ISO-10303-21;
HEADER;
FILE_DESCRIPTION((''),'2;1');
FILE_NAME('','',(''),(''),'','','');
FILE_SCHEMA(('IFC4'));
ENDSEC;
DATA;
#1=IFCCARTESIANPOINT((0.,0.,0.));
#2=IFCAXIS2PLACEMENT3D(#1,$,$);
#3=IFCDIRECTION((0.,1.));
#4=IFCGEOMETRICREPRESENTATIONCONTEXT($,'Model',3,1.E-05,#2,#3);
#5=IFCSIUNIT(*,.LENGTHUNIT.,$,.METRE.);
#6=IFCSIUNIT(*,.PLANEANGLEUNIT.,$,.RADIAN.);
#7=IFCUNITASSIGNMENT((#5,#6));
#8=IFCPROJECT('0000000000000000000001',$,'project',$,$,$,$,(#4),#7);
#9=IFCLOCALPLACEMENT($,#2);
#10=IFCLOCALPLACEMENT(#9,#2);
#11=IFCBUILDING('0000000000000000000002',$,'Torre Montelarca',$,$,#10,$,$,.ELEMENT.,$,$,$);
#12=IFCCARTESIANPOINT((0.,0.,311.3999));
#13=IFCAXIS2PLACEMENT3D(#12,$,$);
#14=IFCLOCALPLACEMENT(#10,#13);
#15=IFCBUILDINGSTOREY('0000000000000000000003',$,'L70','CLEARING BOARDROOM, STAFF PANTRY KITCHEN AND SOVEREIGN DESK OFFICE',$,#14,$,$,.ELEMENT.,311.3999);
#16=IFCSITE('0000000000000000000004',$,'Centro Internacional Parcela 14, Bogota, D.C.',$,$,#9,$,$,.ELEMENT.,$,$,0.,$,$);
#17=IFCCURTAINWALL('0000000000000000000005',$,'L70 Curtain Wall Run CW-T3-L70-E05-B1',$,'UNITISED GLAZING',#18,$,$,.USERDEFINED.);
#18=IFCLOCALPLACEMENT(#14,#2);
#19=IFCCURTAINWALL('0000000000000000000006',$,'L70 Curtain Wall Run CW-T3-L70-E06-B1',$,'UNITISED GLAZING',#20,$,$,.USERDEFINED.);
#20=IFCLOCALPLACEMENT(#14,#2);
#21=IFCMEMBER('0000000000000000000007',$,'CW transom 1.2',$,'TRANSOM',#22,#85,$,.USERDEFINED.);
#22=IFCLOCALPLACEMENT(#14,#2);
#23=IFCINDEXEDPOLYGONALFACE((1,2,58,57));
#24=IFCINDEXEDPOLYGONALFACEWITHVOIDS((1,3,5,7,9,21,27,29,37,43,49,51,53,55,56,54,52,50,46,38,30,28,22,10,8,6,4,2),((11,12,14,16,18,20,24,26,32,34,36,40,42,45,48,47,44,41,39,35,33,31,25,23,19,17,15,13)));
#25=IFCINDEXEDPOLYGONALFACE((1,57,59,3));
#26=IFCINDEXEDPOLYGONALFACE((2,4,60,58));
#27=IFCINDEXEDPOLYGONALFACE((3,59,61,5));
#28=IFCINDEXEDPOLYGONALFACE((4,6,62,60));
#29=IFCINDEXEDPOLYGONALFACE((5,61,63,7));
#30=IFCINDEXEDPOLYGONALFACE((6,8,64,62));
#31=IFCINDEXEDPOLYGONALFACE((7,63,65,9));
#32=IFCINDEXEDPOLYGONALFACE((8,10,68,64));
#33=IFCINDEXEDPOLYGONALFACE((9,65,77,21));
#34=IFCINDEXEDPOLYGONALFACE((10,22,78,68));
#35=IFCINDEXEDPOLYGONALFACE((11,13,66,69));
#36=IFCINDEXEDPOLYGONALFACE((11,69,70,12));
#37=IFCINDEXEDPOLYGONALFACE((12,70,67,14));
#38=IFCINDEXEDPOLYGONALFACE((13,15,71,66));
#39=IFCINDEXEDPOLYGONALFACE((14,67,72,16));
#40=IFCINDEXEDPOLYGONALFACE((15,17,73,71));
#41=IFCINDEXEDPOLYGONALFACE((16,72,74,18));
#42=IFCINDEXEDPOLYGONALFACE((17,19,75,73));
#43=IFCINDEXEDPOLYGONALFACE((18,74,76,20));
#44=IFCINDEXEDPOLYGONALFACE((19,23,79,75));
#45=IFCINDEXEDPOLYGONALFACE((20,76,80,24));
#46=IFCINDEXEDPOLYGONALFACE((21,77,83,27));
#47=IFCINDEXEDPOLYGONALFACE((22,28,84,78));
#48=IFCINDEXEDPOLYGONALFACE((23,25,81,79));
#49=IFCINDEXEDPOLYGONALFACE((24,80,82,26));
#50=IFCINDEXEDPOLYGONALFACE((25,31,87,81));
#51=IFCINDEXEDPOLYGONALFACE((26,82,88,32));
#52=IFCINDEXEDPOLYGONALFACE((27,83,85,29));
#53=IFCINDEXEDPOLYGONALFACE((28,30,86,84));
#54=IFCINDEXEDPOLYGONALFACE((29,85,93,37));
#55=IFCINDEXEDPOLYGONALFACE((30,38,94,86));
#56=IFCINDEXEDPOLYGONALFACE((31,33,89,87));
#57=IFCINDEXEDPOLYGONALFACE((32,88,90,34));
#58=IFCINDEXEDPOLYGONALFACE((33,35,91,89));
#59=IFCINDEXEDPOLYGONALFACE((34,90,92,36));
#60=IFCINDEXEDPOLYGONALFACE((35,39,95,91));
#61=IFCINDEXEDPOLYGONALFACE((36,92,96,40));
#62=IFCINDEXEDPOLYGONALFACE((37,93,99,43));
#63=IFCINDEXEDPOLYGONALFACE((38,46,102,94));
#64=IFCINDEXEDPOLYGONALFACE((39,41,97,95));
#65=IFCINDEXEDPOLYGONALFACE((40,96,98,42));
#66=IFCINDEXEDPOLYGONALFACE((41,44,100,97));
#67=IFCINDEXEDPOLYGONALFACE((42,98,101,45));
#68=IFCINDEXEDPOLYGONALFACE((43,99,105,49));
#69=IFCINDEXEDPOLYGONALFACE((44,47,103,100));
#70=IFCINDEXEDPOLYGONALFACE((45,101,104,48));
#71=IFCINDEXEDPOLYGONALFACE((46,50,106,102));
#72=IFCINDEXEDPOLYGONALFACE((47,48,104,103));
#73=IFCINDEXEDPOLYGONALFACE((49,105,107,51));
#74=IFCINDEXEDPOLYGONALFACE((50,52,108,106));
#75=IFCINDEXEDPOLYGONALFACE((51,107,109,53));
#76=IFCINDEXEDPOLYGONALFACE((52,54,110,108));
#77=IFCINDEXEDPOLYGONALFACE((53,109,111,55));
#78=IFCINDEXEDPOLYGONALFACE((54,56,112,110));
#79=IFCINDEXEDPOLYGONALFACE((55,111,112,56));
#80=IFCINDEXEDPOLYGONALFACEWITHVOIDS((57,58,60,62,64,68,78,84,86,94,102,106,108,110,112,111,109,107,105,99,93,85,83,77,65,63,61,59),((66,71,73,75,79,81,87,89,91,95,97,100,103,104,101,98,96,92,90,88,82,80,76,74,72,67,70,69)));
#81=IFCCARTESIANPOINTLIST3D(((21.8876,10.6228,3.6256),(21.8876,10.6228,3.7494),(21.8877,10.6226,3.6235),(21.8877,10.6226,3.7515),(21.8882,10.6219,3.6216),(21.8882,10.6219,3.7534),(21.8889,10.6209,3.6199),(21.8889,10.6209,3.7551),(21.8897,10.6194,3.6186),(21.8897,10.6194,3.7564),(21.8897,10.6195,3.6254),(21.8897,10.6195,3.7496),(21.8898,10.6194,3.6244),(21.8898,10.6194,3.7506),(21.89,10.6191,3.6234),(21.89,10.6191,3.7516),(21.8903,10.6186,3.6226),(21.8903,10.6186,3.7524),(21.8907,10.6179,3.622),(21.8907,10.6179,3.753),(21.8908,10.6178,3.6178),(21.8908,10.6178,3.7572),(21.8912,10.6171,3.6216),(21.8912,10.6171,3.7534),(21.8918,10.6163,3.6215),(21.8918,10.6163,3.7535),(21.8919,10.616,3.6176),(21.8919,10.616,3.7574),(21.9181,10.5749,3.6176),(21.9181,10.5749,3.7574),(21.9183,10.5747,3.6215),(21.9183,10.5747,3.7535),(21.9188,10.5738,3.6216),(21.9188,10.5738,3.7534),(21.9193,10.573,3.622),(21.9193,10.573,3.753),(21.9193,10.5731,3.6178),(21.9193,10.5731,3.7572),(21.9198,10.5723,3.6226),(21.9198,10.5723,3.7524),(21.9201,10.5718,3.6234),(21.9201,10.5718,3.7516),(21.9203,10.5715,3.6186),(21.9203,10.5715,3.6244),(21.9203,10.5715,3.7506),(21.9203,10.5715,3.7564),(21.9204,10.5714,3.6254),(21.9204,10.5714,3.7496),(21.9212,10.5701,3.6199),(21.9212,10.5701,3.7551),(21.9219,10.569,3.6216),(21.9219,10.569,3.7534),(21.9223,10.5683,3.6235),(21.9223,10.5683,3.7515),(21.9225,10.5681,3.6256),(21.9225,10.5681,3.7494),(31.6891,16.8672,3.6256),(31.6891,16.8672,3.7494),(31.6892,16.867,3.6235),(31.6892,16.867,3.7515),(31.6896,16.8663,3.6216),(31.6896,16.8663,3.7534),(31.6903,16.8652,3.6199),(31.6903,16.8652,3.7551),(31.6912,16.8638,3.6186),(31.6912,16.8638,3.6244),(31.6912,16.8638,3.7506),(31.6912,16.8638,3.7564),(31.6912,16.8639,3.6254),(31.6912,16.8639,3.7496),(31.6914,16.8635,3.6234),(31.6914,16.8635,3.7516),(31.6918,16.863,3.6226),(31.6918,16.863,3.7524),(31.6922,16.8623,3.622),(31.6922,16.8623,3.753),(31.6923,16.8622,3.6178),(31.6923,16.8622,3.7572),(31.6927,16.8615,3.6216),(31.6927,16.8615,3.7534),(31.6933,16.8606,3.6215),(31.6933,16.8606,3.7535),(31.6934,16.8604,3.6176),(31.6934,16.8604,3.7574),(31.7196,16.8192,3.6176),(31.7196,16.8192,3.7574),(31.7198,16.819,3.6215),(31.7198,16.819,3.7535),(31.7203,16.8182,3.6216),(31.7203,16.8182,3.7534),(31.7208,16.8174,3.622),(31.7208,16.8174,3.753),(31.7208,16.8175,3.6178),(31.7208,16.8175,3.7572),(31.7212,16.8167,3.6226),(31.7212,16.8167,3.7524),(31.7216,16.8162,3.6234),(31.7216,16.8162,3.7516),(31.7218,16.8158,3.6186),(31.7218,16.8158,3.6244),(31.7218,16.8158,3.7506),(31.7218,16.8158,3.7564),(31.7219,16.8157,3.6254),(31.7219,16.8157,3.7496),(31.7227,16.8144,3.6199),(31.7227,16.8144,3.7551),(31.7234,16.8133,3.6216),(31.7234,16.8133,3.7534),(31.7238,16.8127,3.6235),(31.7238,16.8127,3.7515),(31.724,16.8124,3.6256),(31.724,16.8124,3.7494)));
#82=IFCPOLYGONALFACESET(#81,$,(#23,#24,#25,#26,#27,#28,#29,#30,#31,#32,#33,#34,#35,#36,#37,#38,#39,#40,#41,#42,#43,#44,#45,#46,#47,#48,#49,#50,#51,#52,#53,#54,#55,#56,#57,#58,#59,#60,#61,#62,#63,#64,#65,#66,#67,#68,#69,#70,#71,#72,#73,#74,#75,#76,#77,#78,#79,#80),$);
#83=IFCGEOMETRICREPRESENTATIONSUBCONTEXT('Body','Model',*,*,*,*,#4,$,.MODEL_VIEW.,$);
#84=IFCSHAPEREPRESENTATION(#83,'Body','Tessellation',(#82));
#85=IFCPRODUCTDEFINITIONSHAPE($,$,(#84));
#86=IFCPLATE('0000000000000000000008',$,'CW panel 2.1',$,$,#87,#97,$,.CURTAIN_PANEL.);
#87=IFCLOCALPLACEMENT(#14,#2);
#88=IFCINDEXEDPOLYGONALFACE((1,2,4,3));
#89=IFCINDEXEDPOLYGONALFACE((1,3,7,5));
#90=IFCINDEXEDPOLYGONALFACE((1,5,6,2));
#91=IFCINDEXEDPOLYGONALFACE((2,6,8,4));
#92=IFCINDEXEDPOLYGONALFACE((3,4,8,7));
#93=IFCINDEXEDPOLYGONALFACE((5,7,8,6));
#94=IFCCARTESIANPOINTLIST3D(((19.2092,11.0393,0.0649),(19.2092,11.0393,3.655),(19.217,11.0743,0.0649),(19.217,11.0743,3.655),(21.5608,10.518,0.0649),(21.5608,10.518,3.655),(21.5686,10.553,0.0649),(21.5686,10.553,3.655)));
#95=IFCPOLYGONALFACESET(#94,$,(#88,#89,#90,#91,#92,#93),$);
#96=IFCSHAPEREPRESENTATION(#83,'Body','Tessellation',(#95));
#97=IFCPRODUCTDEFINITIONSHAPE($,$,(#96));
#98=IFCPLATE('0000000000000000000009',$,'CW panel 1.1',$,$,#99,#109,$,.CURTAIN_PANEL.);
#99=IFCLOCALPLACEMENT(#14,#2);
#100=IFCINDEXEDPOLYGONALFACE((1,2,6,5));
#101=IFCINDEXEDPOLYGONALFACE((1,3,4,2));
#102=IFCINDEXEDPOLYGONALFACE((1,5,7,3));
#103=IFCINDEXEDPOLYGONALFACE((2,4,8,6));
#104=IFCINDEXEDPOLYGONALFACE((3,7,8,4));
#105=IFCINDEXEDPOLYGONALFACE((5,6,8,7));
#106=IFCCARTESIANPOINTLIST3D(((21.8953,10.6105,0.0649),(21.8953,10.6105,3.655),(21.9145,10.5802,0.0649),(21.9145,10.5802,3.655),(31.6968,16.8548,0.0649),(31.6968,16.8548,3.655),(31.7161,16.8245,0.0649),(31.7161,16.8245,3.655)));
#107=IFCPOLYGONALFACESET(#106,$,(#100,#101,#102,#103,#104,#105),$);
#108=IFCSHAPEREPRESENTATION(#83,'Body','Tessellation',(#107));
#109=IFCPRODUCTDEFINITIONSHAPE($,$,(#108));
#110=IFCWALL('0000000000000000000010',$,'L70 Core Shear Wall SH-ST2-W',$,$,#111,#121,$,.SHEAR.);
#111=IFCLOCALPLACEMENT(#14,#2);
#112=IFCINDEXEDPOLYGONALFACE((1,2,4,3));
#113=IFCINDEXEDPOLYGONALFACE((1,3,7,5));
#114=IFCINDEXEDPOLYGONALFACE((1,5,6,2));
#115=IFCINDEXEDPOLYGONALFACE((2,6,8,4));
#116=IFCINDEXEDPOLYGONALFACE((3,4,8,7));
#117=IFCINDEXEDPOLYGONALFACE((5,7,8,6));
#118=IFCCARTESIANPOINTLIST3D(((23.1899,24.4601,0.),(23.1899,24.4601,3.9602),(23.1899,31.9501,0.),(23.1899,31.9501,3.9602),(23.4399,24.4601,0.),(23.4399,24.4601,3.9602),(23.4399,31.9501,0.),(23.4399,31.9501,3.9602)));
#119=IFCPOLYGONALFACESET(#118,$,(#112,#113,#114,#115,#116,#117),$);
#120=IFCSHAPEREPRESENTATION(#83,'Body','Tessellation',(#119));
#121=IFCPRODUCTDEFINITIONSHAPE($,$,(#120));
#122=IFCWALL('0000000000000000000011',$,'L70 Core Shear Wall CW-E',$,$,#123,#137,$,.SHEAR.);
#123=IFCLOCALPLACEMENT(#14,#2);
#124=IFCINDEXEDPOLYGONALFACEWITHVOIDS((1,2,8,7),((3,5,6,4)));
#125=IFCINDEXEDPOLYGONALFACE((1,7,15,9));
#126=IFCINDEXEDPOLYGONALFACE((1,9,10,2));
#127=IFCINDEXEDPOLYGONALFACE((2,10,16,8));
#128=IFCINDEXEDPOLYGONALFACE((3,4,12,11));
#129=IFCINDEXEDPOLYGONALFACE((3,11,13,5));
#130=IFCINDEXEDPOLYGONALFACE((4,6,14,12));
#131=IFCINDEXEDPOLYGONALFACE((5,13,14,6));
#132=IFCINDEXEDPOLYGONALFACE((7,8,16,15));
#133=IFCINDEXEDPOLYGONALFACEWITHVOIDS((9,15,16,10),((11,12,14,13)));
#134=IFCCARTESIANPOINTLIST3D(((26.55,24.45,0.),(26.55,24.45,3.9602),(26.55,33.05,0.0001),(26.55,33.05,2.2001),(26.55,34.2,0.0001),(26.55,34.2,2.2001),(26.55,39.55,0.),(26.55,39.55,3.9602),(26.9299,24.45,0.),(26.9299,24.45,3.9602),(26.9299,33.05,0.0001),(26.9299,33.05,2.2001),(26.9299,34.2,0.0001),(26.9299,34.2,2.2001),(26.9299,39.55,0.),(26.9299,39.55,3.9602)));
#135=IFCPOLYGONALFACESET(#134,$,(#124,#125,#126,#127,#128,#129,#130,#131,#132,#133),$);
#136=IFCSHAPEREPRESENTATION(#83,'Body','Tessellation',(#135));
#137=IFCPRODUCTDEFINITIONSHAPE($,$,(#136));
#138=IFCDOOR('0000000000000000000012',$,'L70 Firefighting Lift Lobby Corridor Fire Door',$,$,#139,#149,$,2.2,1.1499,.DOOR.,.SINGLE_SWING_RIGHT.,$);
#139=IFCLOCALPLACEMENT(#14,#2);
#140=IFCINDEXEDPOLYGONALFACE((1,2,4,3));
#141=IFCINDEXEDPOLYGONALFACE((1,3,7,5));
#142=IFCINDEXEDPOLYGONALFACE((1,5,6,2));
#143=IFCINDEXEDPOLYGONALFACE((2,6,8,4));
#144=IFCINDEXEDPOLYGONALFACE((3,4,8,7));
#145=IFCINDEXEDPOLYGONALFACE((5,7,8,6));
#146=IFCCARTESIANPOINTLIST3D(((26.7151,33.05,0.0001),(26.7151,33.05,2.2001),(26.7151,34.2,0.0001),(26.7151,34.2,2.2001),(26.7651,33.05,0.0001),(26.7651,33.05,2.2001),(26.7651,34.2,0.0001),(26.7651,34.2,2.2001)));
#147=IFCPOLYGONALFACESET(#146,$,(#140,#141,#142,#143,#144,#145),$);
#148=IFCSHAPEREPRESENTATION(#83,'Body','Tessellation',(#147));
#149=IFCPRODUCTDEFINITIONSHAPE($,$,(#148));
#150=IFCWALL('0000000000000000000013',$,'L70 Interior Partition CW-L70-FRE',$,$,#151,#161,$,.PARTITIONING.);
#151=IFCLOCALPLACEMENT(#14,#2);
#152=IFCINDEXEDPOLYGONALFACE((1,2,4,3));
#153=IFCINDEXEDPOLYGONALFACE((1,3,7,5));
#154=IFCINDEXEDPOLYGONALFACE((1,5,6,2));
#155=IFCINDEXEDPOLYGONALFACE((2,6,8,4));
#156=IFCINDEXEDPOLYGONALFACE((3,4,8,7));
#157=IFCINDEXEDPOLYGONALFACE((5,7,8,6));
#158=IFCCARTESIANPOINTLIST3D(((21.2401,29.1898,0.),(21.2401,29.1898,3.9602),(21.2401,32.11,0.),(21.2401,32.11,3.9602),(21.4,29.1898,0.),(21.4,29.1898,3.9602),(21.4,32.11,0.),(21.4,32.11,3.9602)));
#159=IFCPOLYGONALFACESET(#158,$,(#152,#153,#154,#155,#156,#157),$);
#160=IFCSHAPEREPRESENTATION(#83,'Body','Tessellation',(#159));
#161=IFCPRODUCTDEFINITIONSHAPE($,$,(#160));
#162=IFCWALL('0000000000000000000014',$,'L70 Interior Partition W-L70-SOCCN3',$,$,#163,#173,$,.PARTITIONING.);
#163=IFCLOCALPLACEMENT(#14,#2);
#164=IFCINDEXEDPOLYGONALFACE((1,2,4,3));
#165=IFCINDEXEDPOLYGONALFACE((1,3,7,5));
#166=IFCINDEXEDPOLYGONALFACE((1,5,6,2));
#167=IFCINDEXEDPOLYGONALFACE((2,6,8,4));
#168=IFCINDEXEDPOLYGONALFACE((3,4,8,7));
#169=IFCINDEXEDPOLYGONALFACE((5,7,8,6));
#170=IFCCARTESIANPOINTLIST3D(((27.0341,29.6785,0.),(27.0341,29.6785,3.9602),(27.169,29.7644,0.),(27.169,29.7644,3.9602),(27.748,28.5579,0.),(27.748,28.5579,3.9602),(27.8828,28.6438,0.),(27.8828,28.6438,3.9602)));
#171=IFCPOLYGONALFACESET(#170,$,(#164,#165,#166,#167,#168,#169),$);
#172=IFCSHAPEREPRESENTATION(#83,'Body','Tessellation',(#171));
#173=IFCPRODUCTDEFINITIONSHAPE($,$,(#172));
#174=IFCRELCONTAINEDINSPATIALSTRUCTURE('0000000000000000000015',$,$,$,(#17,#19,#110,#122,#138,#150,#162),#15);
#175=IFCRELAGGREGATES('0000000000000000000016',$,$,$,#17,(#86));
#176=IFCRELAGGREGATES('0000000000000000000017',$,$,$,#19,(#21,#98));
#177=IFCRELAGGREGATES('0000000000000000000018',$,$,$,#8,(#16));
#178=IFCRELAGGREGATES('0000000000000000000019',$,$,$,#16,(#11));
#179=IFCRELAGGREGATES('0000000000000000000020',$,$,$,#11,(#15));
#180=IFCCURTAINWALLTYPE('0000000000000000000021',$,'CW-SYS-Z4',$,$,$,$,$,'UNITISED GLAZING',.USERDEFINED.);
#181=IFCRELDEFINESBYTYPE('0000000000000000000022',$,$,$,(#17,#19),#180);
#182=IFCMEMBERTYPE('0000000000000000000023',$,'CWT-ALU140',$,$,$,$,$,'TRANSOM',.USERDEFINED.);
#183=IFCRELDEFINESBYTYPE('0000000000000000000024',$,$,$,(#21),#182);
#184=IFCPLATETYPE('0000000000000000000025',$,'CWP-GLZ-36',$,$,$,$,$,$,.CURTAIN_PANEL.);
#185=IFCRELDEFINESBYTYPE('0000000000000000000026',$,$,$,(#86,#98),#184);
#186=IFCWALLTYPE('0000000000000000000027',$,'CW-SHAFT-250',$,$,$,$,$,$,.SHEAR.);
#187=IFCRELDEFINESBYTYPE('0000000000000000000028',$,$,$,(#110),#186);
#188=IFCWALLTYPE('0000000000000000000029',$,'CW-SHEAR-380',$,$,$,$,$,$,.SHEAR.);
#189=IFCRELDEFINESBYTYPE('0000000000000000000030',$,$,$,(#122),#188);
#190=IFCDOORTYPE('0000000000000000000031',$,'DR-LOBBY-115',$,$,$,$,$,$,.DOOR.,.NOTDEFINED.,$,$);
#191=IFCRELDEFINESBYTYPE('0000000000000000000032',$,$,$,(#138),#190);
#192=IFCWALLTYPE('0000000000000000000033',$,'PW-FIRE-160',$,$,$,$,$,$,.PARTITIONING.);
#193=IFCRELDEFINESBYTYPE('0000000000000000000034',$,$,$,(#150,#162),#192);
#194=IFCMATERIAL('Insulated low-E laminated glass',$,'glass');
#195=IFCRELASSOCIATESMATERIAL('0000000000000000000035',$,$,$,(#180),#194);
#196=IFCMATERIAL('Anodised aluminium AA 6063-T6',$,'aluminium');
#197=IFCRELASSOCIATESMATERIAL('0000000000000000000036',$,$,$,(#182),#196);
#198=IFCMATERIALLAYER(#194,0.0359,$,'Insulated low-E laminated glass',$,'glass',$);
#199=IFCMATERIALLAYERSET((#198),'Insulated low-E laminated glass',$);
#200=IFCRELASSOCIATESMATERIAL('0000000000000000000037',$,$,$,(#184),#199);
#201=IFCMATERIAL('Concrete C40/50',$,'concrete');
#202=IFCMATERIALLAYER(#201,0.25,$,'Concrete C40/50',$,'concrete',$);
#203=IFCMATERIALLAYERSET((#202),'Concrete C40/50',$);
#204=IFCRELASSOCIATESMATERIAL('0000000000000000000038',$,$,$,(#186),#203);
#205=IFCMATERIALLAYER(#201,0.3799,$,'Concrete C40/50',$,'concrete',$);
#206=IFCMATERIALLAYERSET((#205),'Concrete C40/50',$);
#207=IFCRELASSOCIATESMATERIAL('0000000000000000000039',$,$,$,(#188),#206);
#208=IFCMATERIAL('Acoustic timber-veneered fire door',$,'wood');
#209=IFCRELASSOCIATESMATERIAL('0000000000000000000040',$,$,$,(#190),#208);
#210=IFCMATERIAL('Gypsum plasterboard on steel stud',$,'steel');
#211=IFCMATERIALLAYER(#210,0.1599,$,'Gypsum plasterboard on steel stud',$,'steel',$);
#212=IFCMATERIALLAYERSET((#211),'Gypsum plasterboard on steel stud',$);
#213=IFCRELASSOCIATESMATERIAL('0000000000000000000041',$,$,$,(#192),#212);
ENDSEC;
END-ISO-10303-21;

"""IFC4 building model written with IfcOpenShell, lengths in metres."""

from ifc_helpers import new_model, si_unit, direction, frame, frame_2d, origin, origin_2d, place, context, subcontext, project, spatial, rectangle, hollow_rectangle, extrude, source, transform, mapped, material, layer, layer_set, material_profile, profile_set, type_object, element, fill, aggregate, save


model = new_model("IFC4")

# Units and contexts
model_context = context("Model", 3, precision=1e-05, world=origin(), true_north=direction((0.0, 1.0)))
body_context = subcontext(model_context, "Body", "Model", "MODEL_VIEW")
ifc_project = project(units=[si_unit("LENGTHUNIT", "METRE"), si_unit("PLANEANGLEUNIT", "RADIAN")], contexts=[model_context])

# Site, building, storey
site_placement = place(None, origin())
site = spatial("IfcSite", under=ifc_project, at=site_placement, Name="Centro Internacional Parcela 14, Bogota, D.C.", CompositionType="ELEMENT", RefElevation=0.0)
building_placement = place(site_placement, origin())
building = spatial("IfcBuilding", under=site, at=building_placement, Name="Torre Montelarca", CompositionType="ELEMENT")
storey_placement = place(building_placement, frame((0.0, 0.0, 311.3999)))
storey = spatial("IfcBuildingStorey", under=building, at=storey_placement, Name="L70", Description="CLEARING BOARDROOM, STAFF PANTRY KITCHEN AND SOVEREIGN DESK OFFICE", CompositionType="ELEMENT", Elevation=311.3999)

# Curtain walls
ifc_material_1 = material(Name="Insulated low-E laminated glass", Category="glass")
curtain_wall_type = type_object("IfcCurtainWallType", Name="CW-SYS-Z4", ElementType="UNITISED GLAZING", PredefinedType="USERDEFINED", material=ifc_material_1)
curtain_wall_1_placement = place(storey_placement, origin())
curtain_wall_1 = element("IfcCurtainWall", 1, at=curtain_wall_1_placement, inside=storey, type_object=curtain_wall_type, Name="L70 Curtain Wall Run CW-T3-L70-E05-B1", ObjectType="UNITISED GLAZING", PredefinedType="USERDEFINED")
ifc_material_2 = material(Name="Anodised aluminium AA 6063-T6", Category="aluminium")
curtain_wall_2_placement = place(storey_placement, origin())
curtain_wall_2 = element("IfcCurtainWall", 2, at=curtain_wall_2_placement, inside=storey, type_object=curtain_wall_type, Name="L70 Curtain Wall Run CW-T3-L70-E06-B1", ObjectType="UNITISED GLAZING", PredefinedType="USERDEFINED")

# Member
ifc_material_profile_1 = material_profile(ifc_material_2, hollow_rectangle(XDim=0.0649, YDim=0.1399, WallThickness=0.0039, InnerFilletRadius=0.0039, OuterFilletRadius=0.0081, at=origin_2d()), Name="ALU65X140X4", Category="aluminium")
ifc_profile_set_1 = profile_set([ifc_material_profile_1], Name="Anodised aluminium AA 6063-T6")
member_type_1 = type_object("IfcMemberType", Name="CWT-ALU140", ElementType="TRANSOM", PredefinedType="USERDEFINED", material=ifc_profile_set_1)
shared_shape_1 = source(origin(), body_context, "Body", "SweptSolid", [
    extrude(hollow_rectangle(XDim=0.0649, YDim=0.1399, WallThickness=0.0039, InnerFilletRadius=0.0039, OuterFilletRadius=0.0081, at=origin_2d()), origin(), (0.0, 0.0, 1.0), 11.6216),
])
member_1_placement = place(storey_placement, frame((21.905, 10.5955, 3.6875), z_axis=(0.843386, 0.537308, 0.0), x_axis=(-0.537308, 0.843386, 0.0)))
member_1 = element("IfcMember", 3, at=member_1_placement, type_object=member_type_1, Name="CW transom 1.2", ObjectType="TRANSOM", PredefinedType="USERDEFINED", context=body_context, shape_type="MappedRepresentation", body=[
    mapped(shared_shape_1, transform((0.0, 0.0, 0.0), scale=1.0)),
])

# Plates
ifc_layer_1 = layer(ifc_material_1, 0.0359, Name="Insulated low-E laminated glass", Category="glass")
ifc_layer_set_1 = layer_set([ifc_layer_1], Name="Insulated low-E laminated glass")
plate_type = type_object("IfcPlateType", Name="CWP-GLZ-36", PredefinedType="CURTAIN_PANEL", material=ifc_layer_set_1)
shared_shape_2 = source(origin(), body_context, "Body", "SweptSolid", [
    extrude(rectangle(XDim=2.4087, YDim=0.0359, at=origin_2d()), origin(), (0.0, 0.0, 1.0), 3.5901),
])
plate_1_placement = place(storey_placement, frame((20.3889, 10.7961, 0.0649), z_axis=(0.0, 0.0, 1.0), x_axis=(0.976296, -0.216439, 0.0)))
plate_1 = element("IfcPlate", 4, at=plate_1_placement, type_object=plate_type, Name="CW panel 2.1", PredefinedType="CURTAIN_PANEL", context=body_context, shape_type="MappedRepresentation", body=[
    mapped(shared_shape_2, transform((0.0, 0.0, 0.0), scale=1.0)),
])
aggregate(curtain_wall_1, [plate_1])
shared_shape_3 = source(origin(), body_context, "Body", "SweptSolid", [
    extrude(rectangle(XDim=11.6216, YDim=0.0359, at=origin_2d()), origin(), (0.0, 0.0, 1.0), 3.5901),
])
plate_2_placement = place(storey_placement, frame((26.8057, 13.7175, 0.0649), z_axis=(0.0, 0.0, 1.0), x_axis=(0.84339, 0.537302, 0.0)))
plate_2 = element("IfcPlate", 5, at=plate_2_placement, type_object=plate_type, Name="CW panel 1.1", PredefinedType="CURTAIN_PANEL", context=body_context, shape_type="MappedRepresentation", body=[
    mapped(shared_shape_3, transform((0.0, 0.0, 0.0), scale=1.0)),
])
aggregate(curtain_wall_2, [member_1, plate_2])

# Wall
ifc_material_3 = material(Name="Concrete C40/50", Category="concrete")
ifc_layer_2 = layer(ifc_material_3, 0.25, Name="Concrete C40/50", Category="concrete")
ifc_layer_set_2 = layer_set([ifc_layer_2], Name="Concrete C40/50")
wall_type_1 = type_object("IfcWallType", Name="CW-SHAFT-250", PredefinedType="SHEAR", material=ifc_layer_set_2)
wall_1_placement = place(storey_placement, frame((23.3149, 24.46, 0.0), z_axis=(0.0, 0.0, 1.0), x_axis=(0.0, 1.0, 0.0)))
element("IfcWall", 6, at=wall_1_placement, inside=storey, type_object=wall_type_1, Name="L70 Core Shear Wall SH-ST2-W", PredefinedType="SHEAR", context=body_context, shape_type="SweptSolid", body=[
    extrude(rectangle(XDim=7.49, YDim=0.25, at=frame_2d((3.7451, 0.0))), origin(), (0.0, 0.0, 1.0), 3.9602),
])

# Wall, opening, door
ifc_layer_3 = layer(ifc_material_3, 0.3799, Name="Concrete C40/50", Category="concrete")
ifc_layer_set_3 = layer_set([ifc_layer_3], Name="Concrete C40/50")
wall_type_2 = type_object("IfcWallType", Name="CW-SHEAR-380", PredefinedType="SHEAR", material=ifc_layer_set_3)
wall_2_placement = place(storey_placement, frame((26.74, 24.45, 0.0), z_axis=(0.0, 0.0, 1.0), x_axis=(0.0, 1.0, 0.0)))
wall_2 = element("IfcWall", 7, at=wall_2_placement, inside=storey, type_object=wall_type_2, Name="L70 Core Shear Wall CW-E", PredefinedType="SHEAR", context=body_context, shape_type="SweptSolid", body=[
    extrude(rectangle(XDim=15.1001, YDim=0.3799, at=frame_2d((7.55, 0.0))), origin(), (0.0, 0.0, 1.0), 3.9602),
])
opening_1_placement = place(wall_2_placement, frame((8.6001, 0.0, 0.0)))
opening_1 = element("IfcOpeningElement", 8, at=opening_1_placement, cuts=wall_2, PredefinedType="OPENING", context=body_context, shape_type="SweptSolid", body=[
    extrude(rectangle(XDim=1.1499, YDim=2.2, at=frame_2d((0.575, 1.1001))), frame((0.0, 0.2, 0.0), z_axis=(0.0, -1.0, 0.0), x_axis=(1.0, 0.0, 0.0)), (0.0, 0.0, 1.0), 0.3999),
])
ifc_material_4 = material(Name="Acoustic timber-veneered fire door", Category="wood")
door_type_1 = type_object("IfcDoorType", Name="DR-LOBBY-115", OperationType="NOTDEFINED", PredefinedType="DOOR", material=ifc_material_4)
shared_shape_4 = source(origin(), body_context, "Body", "SweptSolid", [
    extrude(rectangle(XDim=1.1499, YDim=2.2, at=frame_2d((0.575, 1.1001))), frame((0.0, 0.0249, 0.0), z_axis=(0.0, -1.0, 0.0), x_axis=(1.0, 0.0, 0.0)), (0.0, 0.0, 1.0), 0.05),
])
door_1_placement = place(opening_1_placement, origin())
door_1 = element("IfcDoor", 9, at=door_1_placement, inside=storey, type_object=door_type_1, Name="L70 Firefighting Lift Lobby Corridor Fire Door", OperationType="SINGLE_SWING_RIGHT", OverallHeight=2.2, OverallWidth=1.1499, PredefinedType="DOOR", context=body_context, shape_type="MappedRepresentation", body=[
    mapped(shared_shape_4, transform((0.0, 0.0, 0.0), scale=1.0)),
])
fill(opening_1, door_1)

# Walls
ifc_material_5 = material(Name="Gypsum plasterboard on steel stud", Category="steel")
ifc_layer_4 = layer(ifc_material_5, 0.1599, Name="Gypsum plasterboard on steel stud", Category="steel")
ifc_layer_set_4 = layer_set([ifc_layer_4], Name="Gypsum plasterboard on steel stud")
wall_type_3 = type_object("IfcWallType", Name="PW-FIRE-160", PredefinedType="PARTITIONING", material=ifc_layer_set_4)
wall_3_placement = place(storey_placement, frame((21.3201, 29.1899, 0.0), z_axis=(0.0, 0.0, 1.0), x_axis=(0.0, 1.0, 0.0)))
element("IfcWall", 10, at=wall_3_placement, inside=storey, type_object=wall_type_3, Name="L70 Interior Partition CW-L70-FRE", PredefinedType="PARTITIONING", context=body_context, shape_type="SweptSolid", body=[
    extrude(rectangle(XDim=2.9202, YDim=0.1599, at=frame_2d((1.46, 0.0))), origin(), (0.0, 0.0, 1.0), 3.9602),
])
wall_4_placement = place(storey_placement, frame((27.1016, 29.7214, 0.0), z_axis=(0.0, 0.0, 1.0), x_axis=(0.53728, -0.843404, 0.0)))
element("IfcWall", 11, at=wall_4_placement, inside=storey, type_object=wall_type_3, Name="L70 Interior Partition W-L70-SOCCN3", PredefinedType="PARTITIONING", context=body_context, shape_type="SweptSolid", body=[
    extrude(rectangle(XDim=1.3286, YDim=0.1599, at=frame_2d((0.6643, 0.0))), origin(), (0.0, 0.0, 1.0), 3.9602),
])

save(model, "model.ifc")
